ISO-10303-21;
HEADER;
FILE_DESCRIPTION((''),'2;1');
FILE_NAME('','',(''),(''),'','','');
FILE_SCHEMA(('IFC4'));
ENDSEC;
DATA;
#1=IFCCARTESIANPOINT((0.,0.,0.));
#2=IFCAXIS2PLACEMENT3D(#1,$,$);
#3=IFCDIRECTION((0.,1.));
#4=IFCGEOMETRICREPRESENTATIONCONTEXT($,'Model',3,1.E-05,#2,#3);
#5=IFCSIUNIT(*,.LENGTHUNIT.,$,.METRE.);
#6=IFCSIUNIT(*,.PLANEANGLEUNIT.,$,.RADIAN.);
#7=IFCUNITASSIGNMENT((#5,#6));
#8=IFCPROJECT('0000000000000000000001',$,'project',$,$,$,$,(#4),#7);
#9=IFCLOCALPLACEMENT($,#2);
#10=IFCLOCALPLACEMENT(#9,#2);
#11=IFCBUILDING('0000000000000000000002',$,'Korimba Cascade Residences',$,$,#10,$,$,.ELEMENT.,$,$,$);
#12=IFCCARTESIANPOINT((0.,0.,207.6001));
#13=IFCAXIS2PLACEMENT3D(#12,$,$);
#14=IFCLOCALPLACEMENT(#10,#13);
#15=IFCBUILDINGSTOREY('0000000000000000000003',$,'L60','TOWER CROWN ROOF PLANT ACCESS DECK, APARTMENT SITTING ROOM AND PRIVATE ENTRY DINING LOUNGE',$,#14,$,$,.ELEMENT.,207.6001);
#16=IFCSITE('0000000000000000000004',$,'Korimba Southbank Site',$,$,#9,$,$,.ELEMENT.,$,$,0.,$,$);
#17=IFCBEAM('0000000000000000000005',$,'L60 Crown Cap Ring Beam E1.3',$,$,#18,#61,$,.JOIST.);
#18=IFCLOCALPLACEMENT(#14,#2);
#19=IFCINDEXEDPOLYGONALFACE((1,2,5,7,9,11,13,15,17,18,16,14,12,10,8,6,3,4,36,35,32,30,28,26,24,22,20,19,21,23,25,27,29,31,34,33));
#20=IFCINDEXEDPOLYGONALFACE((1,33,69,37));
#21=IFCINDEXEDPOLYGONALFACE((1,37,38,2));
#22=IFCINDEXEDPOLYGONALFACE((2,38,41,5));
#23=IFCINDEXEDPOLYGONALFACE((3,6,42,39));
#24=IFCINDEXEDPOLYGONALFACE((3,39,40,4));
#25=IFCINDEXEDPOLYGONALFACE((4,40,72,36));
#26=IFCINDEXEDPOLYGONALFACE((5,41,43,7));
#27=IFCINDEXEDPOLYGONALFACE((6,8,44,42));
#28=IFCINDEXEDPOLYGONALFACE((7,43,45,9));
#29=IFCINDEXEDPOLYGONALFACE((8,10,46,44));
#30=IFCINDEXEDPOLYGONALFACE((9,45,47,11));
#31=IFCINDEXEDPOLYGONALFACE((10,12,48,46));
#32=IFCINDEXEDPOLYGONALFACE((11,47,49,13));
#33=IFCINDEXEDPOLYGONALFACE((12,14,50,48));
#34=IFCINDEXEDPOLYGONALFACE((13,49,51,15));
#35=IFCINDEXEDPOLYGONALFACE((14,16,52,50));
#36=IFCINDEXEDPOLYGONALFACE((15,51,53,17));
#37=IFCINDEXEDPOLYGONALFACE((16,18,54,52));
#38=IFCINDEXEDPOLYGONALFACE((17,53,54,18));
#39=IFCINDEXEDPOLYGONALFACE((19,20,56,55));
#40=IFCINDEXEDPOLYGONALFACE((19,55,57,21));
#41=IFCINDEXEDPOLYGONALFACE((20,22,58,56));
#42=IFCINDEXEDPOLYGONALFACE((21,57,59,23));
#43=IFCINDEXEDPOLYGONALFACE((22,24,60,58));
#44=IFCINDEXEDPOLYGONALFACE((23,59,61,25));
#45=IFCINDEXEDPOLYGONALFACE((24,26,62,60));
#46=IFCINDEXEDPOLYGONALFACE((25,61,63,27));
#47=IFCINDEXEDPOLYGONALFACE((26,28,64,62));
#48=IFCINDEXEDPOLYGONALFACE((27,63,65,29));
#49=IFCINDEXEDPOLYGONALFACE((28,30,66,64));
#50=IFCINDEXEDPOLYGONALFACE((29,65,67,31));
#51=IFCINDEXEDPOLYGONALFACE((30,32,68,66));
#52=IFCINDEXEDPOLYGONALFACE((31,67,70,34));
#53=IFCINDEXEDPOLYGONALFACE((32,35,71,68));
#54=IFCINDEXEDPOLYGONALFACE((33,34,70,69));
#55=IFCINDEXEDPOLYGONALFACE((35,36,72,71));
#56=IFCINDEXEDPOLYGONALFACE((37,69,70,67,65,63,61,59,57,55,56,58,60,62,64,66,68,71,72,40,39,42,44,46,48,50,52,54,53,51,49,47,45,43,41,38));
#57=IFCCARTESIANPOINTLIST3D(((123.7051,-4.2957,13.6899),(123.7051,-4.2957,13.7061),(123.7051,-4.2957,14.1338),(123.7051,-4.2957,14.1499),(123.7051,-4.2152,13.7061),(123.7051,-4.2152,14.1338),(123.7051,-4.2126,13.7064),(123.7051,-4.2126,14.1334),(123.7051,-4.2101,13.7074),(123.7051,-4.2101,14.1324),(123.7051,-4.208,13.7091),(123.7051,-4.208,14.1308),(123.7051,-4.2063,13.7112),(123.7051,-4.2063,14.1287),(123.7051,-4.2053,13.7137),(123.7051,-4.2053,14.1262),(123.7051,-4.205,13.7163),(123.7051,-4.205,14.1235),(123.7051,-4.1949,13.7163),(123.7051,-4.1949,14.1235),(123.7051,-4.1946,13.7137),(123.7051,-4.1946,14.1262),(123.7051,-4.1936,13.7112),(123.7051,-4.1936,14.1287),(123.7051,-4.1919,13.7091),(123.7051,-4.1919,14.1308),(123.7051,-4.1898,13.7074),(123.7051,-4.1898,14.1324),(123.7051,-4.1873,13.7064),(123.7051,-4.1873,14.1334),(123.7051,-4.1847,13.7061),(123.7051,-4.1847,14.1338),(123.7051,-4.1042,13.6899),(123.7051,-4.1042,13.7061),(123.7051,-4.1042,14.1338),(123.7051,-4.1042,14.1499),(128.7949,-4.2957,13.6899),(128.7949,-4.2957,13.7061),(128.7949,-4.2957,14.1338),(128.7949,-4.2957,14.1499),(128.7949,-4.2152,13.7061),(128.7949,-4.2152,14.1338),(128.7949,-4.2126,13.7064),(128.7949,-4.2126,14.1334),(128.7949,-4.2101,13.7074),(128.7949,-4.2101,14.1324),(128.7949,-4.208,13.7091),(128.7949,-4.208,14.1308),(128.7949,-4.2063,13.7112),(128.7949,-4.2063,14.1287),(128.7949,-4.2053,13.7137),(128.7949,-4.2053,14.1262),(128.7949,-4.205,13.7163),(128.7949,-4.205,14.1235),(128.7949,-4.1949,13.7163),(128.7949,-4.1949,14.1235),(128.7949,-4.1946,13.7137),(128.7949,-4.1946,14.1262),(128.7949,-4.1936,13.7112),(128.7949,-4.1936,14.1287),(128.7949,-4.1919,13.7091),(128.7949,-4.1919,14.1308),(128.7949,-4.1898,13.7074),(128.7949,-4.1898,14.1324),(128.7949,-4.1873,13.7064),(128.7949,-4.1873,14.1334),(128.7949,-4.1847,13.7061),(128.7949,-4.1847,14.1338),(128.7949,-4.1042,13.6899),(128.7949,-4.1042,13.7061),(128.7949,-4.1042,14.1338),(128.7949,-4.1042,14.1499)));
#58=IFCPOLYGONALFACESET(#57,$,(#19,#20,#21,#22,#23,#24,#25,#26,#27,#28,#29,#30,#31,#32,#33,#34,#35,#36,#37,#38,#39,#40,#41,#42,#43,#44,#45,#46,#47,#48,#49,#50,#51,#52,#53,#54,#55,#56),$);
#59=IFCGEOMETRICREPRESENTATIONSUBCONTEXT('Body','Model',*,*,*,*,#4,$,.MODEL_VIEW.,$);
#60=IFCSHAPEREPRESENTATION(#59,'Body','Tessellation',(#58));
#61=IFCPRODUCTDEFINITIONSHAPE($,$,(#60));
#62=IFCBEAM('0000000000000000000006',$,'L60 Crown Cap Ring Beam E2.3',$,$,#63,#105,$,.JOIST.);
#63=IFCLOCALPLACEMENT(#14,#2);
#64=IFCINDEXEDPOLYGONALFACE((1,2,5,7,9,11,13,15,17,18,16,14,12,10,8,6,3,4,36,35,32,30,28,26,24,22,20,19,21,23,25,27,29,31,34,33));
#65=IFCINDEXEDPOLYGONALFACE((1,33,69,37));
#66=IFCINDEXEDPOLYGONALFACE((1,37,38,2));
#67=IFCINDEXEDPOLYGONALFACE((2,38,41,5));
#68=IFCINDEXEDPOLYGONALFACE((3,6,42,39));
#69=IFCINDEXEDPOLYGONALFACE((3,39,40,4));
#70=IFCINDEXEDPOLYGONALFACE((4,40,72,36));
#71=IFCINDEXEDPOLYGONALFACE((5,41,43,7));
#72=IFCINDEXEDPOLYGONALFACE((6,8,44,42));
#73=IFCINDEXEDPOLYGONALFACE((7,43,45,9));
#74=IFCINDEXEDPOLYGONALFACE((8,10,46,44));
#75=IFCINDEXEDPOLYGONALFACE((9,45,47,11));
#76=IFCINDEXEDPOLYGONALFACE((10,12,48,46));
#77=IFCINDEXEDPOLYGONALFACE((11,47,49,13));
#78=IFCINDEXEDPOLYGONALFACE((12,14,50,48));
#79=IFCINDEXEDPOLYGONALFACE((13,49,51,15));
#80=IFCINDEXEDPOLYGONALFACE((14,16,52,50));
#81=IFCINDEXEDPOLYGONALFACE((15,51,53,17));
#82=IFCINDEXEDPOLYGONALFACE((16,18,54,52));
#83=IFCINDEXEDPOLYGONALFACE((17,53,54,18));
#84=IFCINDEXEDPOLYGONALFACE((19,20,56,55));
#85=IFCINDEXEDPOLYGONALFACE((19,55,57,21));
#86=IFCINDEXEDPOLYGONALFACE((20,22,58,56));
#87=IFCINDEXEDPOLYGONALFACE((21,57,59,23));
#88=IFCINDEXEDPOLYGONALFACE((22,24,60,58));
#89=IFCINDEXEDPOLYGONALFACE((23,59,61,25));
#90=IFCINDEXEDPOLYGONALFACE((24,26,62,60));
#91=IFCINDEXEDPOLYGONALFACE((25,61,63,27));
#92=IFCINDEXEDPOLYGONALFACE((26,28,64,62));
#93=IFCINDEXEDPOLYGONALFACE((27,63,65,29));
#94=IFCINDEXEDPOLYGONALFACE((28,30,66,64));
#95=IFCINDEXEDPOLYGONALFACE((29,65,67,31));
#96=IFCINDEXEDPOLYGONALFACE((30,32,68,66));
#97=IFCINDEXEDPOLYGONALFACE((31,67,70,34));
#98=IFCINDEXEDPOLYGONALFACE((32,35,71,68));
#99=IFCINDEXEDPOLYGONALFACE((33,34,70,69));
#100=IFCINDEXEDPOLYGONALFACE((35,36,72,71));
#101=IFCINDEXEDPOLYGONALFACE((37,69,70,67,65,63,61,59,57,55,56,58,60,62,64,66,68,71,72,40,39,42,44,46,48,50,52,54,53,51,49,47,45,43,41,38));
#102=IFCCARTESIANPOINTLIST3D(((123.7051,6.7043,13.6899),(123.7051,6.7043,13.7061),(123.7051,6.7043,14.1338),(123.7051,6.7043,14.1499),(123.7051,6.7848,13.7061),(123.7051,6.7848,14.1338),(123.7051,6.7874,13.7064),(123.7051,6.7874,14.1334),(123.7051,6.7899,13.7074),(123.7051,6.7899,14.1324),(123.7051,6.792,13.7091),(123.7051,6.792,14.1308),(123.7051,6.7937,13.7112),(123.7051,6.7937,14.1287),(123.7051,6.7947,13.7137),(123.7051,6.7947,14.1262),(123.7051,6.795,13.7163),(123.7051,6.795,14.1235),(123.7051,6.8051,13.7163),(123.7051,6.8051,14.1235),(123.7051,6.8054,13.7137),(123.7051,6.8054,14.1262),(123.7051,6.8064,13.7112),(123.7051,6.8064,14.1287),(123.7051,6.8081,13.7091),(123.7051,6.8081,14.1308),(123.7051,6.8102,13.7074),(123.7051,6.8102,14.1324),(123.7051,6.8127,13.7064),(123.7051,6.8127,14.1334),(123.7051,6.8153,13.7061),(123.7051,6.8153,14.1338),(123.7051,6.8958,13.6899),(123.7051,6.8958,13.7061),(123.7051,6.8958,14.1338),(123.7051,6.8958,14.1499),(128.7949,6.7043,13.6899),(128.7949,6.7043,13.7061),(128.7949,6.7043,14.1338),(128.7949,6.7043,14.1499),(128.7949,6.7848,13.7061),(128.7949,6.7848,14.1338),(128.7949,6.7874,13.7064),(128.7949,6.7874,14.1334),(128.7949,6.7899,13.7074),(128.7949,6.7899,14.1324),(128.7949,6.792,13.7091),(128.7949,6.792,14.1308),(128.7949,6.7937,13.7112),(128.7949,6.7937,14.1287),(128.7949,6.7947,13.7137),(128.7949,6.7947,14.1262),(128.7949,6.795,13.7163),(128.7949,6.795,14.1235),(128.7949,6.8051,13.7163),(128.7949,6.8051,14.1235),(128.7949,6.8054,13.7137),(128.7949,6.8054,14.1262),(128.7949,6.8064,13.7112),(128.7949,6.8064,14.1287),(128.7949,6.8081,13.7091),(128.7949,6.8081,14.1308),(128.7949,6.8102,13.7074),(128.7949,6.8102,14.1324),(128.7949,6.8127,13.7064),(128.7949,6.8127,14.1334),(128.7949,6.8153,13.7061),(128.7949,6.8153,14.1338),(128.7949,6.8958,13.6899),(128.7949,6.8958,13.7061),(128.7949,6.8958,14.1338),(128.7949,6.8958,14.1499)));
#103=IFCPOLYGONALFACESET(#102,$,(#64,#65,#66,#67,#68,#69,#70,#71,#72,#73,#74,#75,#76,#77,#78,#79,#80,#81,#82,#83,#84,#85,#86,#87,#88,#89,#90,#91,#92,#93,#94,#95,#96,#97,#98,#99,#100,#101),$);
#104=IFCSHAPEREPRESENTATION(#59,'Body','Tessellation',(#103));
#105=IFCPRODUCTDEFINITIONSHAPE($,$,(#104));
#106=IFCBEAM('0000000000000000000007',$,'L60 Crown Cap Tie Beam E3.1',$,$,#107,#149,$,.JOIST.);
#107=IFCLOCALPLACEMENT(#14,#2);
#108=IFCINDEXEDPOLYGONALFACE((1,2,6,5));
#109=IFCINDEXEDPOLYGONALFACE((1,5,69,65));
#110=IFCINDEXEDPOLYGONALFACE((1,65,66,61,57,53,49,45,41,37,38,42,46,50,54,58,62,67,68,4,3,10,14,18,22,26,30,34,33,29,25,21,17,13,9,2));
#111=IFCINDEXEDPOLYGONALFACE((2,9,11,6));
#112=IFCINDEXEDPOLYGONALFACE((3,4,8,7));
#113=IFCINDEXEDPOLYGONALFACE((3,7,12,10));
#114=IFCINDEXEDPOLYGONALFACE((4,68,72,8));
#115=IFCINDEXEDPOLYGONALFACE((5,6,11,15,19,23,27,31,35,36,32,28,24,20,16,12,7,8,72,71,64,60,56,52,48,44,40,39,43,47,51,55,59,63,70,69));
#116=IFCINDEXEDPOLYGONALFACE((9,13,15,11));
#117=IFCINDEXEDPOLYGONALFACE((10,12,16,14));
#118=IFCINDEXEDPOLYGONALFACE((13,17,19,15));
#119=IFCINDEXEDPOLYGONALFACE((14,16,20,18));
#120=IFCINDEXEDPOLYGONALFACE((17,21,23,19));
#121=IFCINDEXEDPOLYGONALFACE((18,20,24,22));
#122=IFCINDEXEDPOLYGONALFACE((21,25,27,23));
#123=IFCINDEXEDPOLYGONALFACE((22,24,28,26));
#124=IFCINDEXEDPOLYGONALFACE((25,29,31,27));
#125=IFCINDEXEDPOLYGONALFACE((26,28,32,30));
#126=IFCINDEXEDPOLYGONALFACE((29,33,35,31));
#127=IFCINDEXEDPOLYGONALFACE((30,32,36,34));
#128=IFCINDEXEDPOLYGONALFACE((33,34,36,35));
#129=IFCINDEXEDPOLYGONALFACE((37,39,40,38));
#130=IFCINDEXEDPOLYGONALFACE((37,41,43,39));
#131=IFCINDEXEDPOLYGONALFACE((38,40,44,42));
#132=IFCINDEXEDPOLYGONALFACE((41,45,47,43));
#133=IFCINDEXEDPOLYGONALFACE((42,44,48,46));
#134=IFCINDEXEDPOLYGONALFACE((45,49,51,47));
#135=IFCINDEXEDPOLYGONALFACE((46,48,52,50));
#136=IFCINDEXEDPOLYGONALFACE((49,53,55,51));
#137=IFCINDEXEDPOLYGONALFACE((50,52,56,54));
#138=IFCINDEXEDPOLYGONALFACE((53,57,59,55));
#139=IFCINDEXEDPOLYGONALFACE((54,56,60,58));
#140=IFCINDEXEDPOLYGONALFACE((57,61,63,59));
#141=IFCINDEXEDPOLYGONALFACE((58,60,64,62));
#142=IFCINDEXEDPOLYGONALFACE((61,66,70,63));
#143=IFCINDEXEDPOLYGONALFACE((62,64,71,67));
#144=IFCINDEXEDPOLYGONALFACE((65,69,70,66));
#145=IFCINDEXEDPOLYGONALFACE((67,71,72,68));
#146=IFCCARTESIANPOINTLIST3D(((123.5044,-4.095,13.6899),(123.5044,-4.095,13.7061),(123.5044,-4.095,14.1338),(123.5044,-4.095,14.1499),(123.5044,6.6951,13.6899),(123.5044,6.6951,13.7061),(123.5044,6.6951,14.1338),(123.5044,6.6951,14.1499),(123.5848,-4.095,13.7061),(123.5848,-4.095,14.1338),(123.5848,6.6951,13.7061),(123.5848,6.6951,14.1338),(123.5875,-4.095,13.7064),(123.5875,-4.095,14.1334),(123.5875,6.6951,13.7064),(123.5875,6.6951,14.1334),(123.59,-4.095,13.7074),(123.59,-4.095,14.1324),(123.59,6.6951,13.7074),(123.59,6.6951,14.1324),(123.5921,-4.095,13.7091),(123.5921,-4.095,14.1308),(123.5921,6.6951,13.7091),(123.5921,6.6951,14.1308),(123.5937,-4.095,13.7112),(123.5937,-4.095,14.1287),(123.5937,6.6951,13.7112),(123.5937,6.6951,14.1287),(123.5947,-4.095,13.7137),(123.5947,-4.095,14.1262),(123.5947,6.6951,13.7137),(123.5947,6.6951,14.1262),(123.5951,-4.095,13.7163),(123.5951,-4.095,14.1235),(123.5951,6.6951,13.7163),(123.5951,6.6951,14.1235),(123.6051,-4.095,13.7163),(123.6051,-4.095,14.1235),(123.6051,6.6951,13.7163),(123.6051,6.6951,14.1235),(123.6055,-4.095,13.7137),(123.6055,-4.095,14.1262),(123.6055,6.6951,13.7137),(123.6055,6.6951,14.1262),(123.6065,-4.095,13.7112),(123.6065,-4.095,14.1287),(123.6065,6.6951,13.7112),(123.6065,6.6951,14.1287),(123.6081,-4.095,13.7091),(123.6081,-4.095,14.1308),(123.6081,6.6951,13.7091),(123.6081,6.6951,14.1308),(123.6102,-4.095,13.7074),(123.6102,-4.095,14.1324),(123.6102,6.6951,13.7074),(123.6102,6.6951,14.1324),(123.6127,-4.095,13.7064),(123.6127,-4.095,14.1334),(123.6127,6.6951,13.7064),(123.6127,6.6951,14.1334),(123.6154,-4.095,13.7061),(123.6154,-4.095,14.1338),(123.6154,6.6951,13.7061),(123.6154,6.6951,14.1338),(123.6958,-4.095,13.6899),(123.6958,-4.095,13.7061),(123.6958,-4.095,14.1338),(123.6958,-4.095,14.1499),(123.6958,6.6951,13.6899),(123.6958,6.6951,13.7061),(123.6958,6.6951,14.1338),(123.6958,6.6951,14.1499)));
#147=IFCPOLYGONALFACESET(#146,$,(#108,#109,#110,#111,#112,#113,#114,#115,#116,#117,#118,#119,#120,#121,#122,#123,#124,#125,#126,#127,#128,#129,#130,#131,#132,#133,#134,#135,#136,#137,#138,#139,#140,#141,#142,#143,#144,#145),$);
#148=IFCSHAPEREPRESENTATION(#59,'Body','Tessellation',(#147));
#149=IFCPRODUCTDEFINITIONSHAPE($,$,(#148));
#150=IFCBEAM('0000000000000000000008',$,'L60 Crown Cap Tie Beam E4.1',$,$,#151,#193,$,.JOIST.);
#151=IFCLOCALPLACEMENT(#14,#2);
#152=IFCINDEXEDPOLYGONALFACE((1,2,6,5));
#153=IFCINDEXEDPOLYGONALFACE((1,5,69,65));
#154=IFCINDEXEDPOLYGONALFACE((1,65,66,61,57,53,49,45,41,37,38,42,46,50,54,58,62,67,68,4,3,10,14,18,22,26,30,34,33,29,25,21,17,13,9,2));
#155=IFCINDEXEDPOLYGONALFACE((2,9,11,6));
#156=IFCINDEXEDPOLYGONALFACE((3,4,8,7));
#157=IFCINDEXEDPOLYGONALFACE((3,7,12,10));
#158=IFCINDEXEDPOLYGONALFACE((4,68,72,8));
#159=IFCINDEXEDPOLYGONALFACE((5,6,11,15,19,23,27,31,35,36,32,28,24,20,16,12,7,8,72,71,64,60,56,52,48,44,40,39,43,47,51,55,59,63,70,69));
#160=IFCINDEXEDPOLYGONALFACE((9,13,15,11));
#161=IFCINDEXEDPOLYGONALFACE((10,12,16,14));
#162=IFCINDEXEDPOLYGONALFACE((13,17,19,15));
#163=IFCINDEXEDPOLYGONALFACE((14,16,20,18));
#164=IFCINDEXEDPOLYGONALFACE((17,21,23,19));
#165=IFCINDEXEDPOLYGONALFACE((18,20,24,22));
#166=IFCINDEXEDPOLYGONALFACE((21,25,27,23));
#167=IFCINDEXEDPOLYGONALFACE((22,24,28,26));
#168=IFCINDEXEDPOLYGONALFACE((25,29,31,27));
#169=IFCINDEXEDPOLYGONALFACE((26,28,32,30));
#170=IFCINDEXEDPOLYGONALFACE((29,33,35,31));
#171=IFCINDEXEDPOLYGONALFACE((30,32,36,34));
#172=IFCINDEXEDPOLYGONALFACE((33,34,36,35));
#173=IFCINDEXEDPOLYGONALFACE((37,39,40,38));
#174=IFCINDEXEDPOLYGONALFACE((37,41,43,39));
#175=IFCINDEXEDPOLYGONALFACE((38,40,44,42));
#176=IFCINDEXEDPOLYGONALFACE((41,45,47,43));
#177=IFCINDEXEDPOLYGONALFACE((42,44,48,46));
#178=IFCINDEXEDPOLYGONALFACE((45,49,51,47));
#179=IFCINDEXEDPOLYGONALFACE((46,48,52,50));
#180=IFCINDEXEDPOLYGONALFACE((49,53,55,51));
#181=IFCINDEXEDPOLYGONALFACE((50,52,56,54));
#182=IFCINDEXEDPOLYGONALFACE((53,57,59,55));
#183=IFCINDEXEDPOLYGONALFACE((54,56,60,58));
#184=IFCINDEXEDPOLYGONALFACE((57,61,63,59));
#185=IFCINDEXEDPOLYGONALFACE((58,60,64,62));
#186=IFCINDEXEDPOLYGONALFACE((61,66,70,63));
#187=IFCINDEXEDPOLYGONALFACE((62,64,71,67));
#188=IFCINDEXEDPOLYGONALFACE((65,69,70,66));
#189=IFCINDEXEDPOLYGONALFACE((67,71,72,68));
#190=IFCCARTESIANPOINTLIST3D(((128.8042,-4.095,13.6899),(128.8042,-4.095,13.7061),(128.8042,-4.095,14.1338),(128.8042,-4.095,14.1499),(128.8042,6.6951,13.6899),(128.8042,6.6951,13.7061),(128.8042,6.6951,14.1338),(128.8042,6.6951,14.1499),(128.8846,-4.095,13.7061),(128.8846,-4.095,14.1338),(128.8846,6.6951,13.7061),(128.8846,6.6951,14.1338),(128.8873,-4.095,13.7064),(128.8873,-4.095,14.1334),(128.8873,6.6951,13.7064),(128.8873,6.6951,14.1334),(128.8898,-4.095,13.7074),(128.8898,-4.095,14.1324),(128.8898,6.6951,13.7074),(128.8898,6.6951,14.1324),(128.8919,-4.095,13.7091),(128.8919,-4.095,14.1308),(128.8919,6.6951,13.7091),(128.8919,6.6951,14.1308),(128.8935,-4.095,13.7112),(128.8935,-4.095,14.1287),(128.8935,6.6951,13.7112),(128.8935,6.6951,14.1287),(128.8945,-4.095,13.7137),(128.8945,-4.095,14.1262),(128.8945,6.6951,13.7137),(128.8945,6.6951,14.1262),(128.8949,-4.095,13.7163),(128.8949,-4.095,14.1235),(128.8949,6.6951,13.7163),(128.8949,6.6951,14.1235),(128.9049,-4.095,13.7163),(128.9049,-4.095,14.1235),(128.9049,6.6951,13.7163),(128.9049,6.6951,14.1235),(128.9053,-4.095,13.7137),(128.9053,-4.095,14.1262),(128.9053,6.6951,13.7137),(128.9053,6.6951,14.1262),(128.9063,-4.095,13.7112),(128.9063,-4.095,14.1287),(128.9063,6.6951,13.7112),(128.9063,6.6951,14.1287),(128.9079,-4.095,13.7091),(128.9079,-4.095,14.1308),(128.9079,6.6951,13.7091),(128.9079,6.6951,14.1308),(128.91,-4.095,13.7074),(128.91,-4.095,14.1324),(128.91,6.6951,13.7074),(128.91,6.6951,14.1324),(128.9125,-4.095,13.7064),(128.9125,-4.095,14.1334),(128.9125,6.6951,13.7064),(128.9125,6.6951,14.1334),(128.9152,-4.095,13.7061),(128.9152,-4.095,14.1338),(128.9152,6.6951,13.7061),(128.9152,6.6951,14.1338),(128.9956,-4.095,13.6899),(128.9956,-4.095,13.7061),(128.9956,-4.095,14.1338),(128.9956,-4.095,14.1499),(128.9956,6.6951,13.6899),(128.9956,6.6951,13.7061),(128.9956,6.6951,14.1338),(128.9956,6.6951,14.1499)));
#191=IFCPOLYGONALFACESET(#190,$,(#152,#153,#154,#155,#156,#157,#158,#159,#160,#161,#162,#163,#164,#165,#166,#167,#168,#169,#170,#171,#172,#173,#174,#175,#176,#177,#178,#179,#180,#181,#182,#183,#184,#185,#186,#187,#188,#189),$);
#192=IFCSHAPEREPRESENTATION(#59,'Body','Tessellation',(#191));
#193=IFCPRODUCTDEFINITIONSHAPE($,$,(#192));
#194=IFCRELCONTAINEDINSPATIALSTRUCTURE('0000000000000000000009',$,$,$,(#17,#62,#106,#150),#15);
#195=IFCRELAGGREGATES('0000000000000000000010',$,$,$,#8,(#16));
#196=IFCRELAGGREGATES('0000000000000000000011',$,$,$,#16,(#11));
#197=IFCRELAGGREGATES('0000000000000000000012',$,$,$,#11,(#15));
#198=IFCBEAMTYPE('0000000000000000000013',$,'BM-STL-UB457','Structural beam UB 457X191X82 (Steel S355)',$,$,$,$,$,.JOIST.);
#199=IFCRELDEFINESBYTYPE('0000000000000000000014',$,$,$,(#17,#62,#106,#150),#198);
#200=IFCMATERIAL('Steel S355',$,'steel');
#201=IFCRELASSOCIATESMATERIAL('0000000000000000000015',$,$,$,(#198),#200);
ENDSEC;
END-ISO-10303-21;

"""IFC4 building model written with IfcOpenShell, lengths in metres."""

from ifc_helpers import new_model, si_unit, direction, frame, origin, origin_2d, place, context, subcontext, project, spatial, i_section, extrude, material, material_profile, profile_set, type_object, element, save


model = new_model("IFC4")

# Units and contexts
model_context = context("Model", 3, precision=1e-05, world=origin(), true_north=direction((0.0, 1.0)))
body_context = subcontext(model_context, "Body", "Model", "MODEL_VIEW")
ifc_project = project(units=[si_unit("LENGTHUNIT", "METRE"), si_unit("PLANEANGLEUNIT", "RADIAN")], contexts=[model_context])

# Site, building, storey
site_placement = place(None, origin())
site = spatial("IfcSite", under=ifc_project, at=site_placement, Name="Korimba Southbank Site", CompositionType="ELEMENT", RefElevation=0.0)
building_placement = place(site_placement, origin())
building = spatial("IfcBuilding", under=site, at=building_placement, Name="Korimba Cascade Residences", CompositionType="ELEMENT")
storey_placement = place(building_placement, frame((0.0, 0.0, 207.6001)))
storey = spatial("IfcBuildingStorey", under=building, at=storey_placement, Name="L60", Description="TOWER CROWN ROOF PLANT ACCESS DECK, APARTMENT SITTING ROOM AND PRIVATE ENTRY DINING LOUNGE", CompositionType="ELEMENT", Elevation=207.6001)

# Shared definitions
ifc_material_1 = material(Name="Steel S355", Category="steel")

# Beams
ifc_material_profile_1 = material_profile(ifc_material_1, i_section(OverallWidth=0.1914, OverallDepth=0.46, WebThickness=0.01, FlangeThickness=0.0161, FilletRadius=0.0103, at=origin_2d()), Name="Steel S355")
ifc_profile_set_1 = profile_set([ifc_material_profile_1], Name="Steel S355")
beam_type_1 = type_object("IfcBeamType", Name="BM-STL-UB457", Description="Structural beam UB 457X191X82 (Steel S355)", PredefinedType="JOIST", material=ifc_profile_set_1)
for number, where, z_axis, x_axis, name in (
    (1, (123.7051, -4.2, 13.9199), (1.0, 0.0, 0.0), (0.0, 1.0, 0.0), "L60 Crown Cap Ring Beam E1.3"),
    (2, (123.7051, 6.8, 13.9199), (1.0, 0.0, 0.0), (0.0, 1.0, 0.0), "L60 Crown Cap Ring Beam E2.3"),
):
    element("IfcBeam", number, at=place(storey_placement, frame(where, z_axis=z_axis, x_axis=x_axis)), inside=storey, type_object=beam_type_1, Name=name, PredefinedType="JOIST", context=body_context, shape_type="SweptSolid", body=[
        extrude(i_section(OverallWidth=0.1914, OverallDepth=0.46, WebThickness=0.01, FlangeThickness=0.0161, FilletRadius=0.0103, at=origin_2d()), origin(), (0.0, 0.0, 1.0), 5.0898),
    ])
for number, where, z_axis, x_axis, name in (
    (3, (123.6001, -4.095, 13.9199), (0.0, 1.0, 0.0), (-1.0, 0.0, 0.0), "L60 Crown Cap Tie Beam E3.1"),
    (4, (128.8999, -4.095, 13.9199), (0.0, 1.0, 0.0), (-1.0, 0.0, 0.0), "L60 Crown Cap Tie Beam E4.1"),
):
    element("IfcBeam", number, at=place(storey_placement, frame(where, z_axis=z_axis, x_axis=x_axis)), inside=storey, type_object=beam_type_1, Name=name, PredefinedType="JOIST", context=body_context, shape_type="SweptSolid", body=[
        extrude(i_section(OverallWidth=0.1914, OverallDepth=0.46, WebThickness=0.01, FlangeThickness=0.0161, FilletRadius=0.0103, at=origin_2d()), origin(), (0.0, 0.0, 1.0), 10.79),
    ])

save(model, "model.ifc")
